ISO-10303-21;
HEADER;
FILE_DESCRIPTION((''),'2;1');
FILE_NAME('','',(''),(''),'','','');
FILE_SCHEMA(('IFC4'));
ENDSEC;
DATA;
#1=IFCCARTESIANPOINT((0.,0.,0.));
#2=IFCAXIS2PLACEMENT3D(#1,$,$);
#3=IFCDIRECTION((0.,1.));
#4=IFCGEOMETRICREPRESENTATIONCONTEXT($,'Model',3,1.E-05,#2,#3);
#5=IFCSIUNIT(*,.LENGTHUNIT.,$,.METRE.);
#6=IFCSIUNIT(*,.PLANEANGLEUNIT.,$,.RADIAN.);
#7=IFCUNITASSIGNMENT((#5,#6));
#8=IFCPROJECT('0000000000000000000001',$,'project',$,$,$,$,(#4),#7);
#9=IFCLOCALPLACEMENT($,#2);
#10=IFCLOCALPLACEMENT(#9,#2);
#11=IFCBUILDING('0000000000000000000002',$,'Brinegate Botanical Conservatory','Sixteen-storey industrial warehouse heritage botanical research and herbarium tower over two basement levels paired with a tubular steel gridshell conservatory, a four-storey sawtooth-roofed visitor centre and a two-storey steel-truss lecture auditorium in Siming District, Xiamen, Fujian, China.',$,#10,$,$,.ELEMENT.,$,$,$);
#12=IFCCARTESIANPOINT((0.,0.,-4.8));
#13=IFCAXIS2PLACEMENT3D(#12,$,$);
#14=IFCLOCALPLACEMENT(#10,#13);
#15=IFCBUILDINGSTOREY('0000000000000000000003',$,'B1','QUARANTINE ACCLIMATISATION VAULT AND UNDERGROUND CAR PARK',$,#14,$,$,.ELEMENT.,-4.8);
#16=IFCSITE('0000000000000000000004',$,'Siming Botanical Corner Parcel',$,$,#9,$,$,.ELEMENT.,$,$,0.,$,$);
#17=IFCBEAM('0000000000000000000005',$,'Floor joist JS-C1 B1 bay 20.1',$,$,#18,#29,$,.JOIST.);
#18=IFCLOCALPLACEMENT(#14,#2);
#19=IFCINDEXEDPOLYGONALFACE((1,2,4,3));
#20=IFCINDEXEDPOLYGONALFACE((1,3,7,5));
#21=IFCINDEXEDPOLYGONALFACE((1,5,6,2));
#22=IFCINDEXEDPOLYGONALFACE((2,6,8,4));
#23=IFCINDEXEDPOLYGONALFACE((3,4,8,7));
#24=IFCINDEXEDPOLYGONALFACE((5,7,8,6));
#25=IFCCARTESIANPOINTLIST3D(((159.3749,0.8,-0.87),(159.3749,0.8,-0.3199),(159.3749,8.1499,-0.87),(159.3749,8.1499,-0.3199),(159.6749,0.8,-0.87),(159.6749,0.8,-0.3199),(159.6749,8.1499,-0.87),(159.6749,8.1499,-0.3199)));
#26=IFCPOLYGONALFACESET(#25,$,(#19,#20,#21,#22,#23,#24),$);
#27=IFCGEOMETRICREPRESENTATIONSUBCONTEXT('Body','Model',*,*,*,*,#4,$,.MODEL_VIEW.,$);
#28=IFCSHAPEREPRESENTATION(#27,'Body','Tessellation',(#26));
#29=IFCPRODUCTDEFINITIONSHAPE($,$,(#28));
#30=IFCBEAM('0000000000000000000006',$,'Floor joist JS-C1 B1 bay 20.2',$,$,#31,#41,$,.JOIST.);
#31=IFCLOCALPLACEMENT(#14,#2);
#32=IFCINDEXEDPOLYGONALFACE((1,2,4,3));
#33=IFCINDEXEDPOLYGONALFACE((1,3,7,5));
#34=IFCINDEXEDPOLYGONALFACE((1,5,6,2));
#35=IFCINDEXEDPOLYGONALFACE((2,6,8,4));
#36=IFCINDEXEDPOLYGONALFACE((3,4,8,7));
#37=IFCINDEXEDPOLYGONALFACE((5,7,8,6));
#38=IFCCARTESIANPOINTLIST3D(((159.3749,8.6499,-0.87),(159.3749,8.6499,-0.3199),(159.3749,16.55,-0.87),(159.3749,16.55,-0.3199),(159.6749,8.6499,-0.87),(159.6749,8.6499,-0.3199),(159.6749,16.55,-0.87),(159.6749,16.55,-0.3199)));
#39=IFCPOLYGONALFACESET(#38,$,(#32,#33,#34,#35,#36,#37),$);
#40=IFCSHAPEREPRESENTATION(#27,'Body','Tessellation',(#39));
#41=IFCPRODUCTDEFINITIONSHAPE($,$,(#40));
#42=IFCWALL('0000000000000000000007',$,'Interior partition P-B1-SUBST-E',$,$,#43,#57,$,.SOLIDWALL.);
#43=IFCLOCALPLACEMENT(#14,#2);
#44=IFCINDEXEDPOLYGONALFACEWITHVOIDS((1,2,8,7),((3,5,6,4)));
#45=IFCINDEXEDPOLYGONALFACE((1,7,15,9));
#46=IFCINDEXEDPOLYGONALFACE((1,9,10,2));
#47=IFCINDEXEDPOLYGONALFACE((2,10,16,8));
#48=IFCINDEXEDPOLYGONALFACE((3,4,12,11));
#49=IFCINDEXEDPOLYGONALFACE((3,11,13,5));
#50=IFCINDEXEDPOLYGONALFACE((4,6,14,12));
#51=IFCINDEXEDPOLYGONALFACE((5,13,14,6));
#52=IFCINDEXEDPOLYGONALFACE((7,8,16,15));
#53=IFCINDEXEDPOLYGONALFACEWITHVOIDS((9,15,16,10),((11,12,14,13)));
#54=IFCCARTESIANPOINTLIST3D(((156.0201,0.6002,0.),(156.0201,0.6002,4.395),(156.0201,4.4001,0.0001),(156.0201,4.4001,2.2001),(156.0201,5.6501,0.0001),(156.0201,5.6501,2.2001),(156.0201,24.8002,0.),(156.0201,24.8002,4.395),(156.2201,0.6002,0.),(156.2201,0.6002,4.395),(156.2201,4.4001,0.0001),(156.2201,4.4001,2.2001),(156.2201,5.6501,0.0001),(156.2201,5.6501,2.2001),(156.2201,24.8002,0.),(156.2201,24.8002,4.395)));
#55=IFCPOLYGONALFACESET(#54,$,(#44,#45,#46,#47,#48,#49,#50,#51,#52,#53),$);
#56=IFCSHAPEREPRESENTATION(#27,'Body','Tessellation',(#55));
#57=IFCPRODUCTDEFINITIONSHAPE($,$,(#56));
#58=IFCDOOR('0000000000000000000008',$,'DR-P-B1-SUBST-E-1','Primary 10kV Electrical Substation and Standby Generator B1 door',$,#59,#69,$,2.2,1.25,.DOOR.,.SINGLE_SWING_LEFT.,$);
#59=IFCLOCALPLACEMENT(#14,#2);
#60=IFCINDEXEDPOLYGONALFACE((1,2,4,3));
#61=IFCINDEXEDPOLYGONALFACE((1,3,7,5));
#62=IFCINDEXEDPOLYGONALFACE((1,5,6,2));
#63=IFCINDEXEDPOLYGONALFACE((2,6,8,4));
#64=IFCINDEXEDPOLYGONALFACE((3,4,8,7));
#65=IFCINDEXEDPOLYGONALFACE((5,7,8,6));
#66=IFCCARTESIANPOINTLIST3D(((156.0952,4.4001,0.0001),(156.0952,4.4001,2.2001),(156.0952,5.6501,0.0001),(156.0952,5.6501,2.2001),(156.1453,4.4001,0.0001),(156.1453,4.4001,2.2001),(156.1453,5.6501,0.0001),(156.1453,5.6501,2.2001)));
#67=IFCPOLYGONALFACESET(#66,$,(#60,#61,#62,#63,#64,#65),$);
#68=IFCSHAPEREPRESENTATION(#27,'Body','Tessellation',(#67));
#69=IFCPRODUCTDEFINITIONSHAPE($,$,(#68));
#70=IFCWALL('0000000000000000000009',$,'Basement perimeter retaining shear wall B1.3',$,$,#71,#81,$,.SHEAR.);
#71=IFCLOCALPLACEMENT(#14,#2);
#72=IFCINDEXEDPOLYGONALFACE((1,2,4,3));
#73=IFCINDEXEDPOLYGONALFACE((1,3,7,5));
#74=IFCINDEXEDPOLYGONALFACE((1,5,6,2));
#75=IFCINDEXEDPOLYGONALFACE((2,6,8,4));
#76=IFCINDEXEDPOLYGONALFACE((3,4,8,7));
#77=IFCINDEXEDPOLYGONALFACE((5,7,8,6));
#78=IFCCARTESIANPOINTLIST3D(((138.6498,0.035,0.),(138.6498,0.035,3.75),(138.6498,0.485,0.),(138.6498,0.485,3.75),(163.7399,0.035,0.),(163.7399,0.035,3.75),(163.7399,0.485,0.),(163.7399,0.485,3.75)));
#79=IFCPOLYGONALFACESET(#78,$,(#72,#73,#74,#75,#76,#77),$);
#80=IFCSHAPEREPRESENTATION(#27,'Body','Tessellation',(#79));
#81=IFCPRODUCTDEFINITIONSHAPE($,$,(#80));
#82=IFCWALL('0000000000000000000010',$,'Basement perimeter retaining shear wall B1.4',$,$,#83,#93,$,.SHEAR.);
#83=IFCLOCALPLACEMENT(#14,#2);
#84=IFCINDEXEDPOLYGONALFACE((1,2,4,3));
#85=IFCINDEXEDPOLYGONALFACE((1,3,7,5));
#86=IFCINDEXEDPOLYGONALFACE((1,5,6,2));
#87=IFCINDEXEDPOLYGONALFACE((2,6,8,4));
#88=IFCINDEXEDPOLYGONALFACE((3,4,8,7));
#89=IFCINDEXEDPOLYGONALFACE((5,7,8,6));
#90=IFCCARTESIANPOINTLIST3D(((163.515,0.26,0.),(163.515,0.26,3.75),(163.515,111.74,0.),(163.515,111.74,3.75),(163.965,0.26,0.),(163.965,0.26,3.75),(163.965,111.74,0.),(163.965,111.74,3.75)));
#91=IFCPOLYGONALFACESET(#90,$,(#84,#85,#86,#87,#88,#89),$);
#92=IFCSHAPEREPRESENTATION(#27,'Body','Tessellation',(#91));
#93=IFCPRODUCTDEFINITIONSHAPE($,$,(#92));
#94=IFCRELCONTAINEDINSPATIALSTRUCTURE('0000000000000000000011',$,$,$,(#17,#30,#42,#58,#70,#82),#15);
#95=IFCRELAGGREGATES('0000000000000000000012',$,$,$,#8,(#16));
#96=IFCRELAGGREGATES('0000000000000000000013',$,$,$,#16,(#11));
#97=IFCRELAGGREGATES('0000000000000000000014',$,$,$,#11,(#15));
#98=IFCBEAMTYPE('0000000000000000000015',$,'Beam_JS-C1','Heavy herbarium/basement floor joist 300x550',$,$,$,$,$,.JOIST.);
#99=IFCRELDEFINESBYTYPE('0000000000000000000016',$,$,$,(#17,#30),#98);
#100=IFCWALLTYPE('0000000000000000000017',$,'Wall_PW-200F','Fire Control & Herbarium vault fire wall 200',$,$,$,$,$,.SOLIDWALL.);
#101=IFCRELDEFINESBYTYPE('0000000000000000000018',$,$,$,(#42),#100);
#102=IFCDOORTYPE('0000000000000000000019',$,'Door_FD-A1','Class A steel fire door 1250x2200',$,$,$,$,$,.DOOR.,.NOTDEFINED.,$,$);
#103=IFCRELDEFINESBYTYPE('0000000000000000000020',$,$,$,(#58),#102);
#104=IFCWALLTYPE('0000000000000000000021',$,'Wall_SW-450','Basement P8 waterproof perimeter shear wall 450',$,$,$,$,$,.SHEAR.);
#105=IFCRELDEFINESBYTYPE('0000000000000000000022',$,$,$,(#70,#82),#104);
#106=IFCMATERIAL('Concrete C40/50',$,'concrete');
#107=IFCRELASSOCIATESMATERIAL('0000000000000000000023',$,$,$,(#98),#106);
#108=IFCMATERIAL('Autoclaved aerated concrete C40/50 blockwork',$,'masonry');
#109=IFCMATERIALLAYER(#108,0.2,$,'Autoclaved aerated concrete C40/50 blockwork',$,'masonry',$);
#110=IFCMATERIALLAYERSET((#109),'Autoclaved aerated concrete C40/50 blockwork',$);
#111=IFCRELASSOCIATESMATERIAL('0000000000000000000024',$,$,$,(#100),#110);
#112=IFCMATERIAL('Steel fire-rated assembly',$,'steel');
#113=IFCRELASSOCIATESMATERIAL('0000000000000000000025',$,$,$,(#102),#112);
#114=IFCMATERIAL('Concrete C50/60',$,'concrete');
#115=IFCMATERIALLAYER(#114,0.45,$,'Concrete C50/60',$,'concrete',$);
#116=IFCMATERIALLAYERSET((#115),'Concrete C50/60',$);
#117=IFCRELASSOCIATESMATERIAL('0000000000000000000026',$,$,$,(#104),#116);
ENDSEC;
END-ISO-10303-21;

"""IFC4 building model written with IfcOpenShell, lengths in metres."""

from ifc_helpers import new_model, si_unit, direction, frame, frame_2d, origin, origin_2d, place, context, subcontext, project, spatial, rectangle, extrude, material, layer, layer_set, material_profile, profile_set, type_object, element, fill, save


model = new_model("IFC4")

# Units and contexts
model_context = context("Model", 3, precision=1e-05, world=origin(), true_north=direction((0.0, 1.0)))
body_context = subcontext(model_context, "Body", "Model", "MODEL_VIEW")
ifc_project = project(units=[si_unit("LENGTHUNIT", "METRE"), si_unit("PLANEANGLEUNIT", "RADIAN")], contexts=[model_context])

# Site, building, storey
site_placement = place(None, origin())
site = spatial("IfcSite", under=ifc_project, at=site_placement, Name="Siming Botanical Corner Parcel", CompositionType="ELEMENT", RefElevation=0.0)
building_placement = place(site_placement, origin())
building = spatial("IfcBuilding", under=site, at=building_placement, Name="Brinegate Botanical Conservatory", Description="Sixteen-storey industrial warehouse heritage botanical research and herbarium tower over two basement levels paired with a tubular steel gridshell conservatory, a four-storey sawtooth-roofed visitor centre and a two-storey steel-truss lecture auditorium in Siming District, Xiamen, Fujian, China.", CompositionType="ELEMENT")
storey_placement = place(building_placement, frame((0.0, 0.0, -4.8)))
storey = spatial("IfcBuildingStorey", under=building, at=storey_placement, Name="B1", Description="QUARANTINE ACCLIMATISATION VAULT AND UNDERGROUND CAR PARK", CompositionType="ELEMENT", Elevation=-4.8)

# Shared definitions
ifc_material_1 = material(Name="Concrete C40/50", Category="concrete")

# Beams
ifc_material_profile_1 = material_profile(ifc_material_1, rectangle(XDim=0.3, YDim=0.55, at=origin_2d()), Name="RC JST 300x550")
ifc_profile_set_1 = profile_set([ifc_material_profile_1], Name="Concrete C40/50")
beam_type_1 = type_object("IfcBeamType", Name="Beam_JS-C1", Description="Heavy herbarium/basement floor joist 300x550", PredefinedType="JOIST", material=ifc_profile_set_1)
beam_1_placement = place(storey_placement, frame((159.5249, 0.8, -0.595), z_axis=(0.0, 1.0, 0.0), x_axis=(-1.0, 0.0, 0.0)))
element("IfcBeam", 1, at=beam_1_placement, inside=storey, type_object=beam_type_1, Name="Floor joist JS-C1 B1 bay 20.1", PredefinedType="JOIST", context=body_context, shape_type="SweptSolid", body=[
    extrude(rectangle(XDim=0.3, YDim=0.55, at=origin_2d()), origin(), (0.0, 0.0, 1.0), 7.3499),
])
beam_2_placement = place(storey_placement, frame((159.5249, 8.6499, -0.595), z_axis=(0.0, 1.0, 0.0), x_axis=(-1.0, 0.0, 0.0)))
element("IfcBeam", 2, at=beam_2_placement, inside=storey, type_object=beam_type_1, Name="Floor joist JS-C1 B1 bay 20.2", PredefinedType="JOIST", context=body_context, shape_type="SweptSolid", body=[
    extrude(rectangle(XDim=0.3, YDim=0.55, at=origin_2d()), origin(), (0.0, 0.0, 1.0), 7.9001),
])

# Wall, opening, door
ifc_material_2 = material(Name="Autoclaved aerated concrete C40/50 blockwork", Category="masonry")
ifc_layer_1 = layer(ifc_material_2, 0.2, Name="Autoclaved aerated concrete C40/50 blockwork", Category="masonry")
ifc_layer_set_1 = layer_set([ifc_layer_1], Name="Autoclaved aerated concrete C40/50 blockwork")
wall_type_1 = type_object("IfcWallType", Name="Wall_PW-200F", Description="Fire Control & Herbarium vault fire wall 200", PredefinedType="SOLIDWALL", material=ifc_layer_set_1)
wall_1_placement = place(storey_placement, frame((156.1201, 0.6001, 0.0), z_axis=(0.0, 0.0, 1.0), x_axis=(0.0, 1.0, 0.0)))
wall_1 = element("IfcWall", 3, at=wall_1_placement, inside=storey, type_object=wall_type_1, Name="Interior partition P-B1-SUBST-E", PredefinedType="SOLIDWALL", context=body_context, shape_type="SweptSolid", body=[
    extrude(rectangle(XDim=24.2, YDim=0.2, at=frame_2d((12.1001, 0.0))), origin(), (0.0, 0.0, 1.0), 4.395),
])
opening_placement = place(wall_1_placement, frame((3.8, 0.0, 0.0)))
opening = element("IfcOpeningElement", 4, at=opening_placement, cuts=wall_1, PredefinedType="OPENING", context=body_context, shape_type="SweptSolid", body=[
    extrude(rectangle(XDim=1.25, YDim=2.2, at=frame_2d((0.625, 1.1001))), frame((0.0, 0.1099, 0.0), z_axis=(0.0, -1.0, 0.0), x_axis=(1.0, 0.0, 0.0)), (0.0, 0.0, 1.0), 0.22),
])
ifc_material_3 = material(Name="Steel fire-rated assembly", Category="steel")
door_type = type_object("IfcDoorType", Name="Door_FD-A1", Description="Class A steel fire door 1250x2200", OperationType="NOTDEFINED", PredefinedType="DOOR", material=ifc_material_3)
door_placement = place(opening_placement, origin())
door = element("IfcDoor", 5, at=door_placement, inside=storey, type_object=door_type, Name="DR-P-B1-SUBST-E-1", Description="Primary 10kV Electrical Substation and Standby Generator B1 door", OperationType="SINGLE_SWING_LEFT", OverallHeight=2.2, OverallWidth=1.25, PredefinedType="DOOR", context=body_context, shape_type="SweptSolid", body=[
    extrude(rectangle(XDim=1.25, YDim=2.2, at=frame_2d((0.625, 1.1001))), frame((0.0, 0.0249, 0.0), z_axis=(0.0, -1.0, 0.0), x_axis=(1.0, 0.0, 0.0)), (0.0, 0.0, 1.0), 0.05),
])
fill(opening, door)

# Walls
ifc_material_4 = material(Name="Concrete C50/60", Category="concrete")
ifc_layer_2 = layer(ifc_material_4, 0.45, Name="Concrete C50/60", Category="concrete")
ifc_layer_set_2 = layer_set([ifc_layer_2], Name="Concrete C50/60")
wall_type_2 = type_object("IfcWallType", Name="Wall_SW-450", Description="Basement P8 waterproof perimeter shear wall 450", PredefinedType="SHEAR", material=ifc_layer_set_2)
wall_2_placement = place(storey_placement, frame((138.6499, 0.26, 0.0), z_axis=(0.0, 0.0, 1.0), x_axis=(1.0, 0.0, 0.0)))
element("IfcWall", 6, at=wall_2_placement, inside=storey, type_object=wall_type_2, Name="Basement perimeter retaining shear wall B1.3", PredefinedType="SHEAR", context=body_context, shape_type="SweptSolid", body=[
    extrude(rectangle(XDim=25.0901, YDim=0.45, at=frame_2d((12.5449, 0.0))), origin(), (0.0, 0.0, 1.0), 3.75),
])
wall_3_placement = place(storey_placement, frame((163.74, 0.26, 0.0), z_axis=(0.0, 0.0, 1.0), x_axis=(0.0, 1.0, 0.0)))
element("IfcWall", 7, at=wall_3_placement, inside=storey, type_object=wall_type_2, Name="Basement perimeter retaining shear wall B1.4", PredefinedType="SHEAR", context=body_context, shape_type="SweptSolid", body=[
    extrude(rectangle(XDim=111.48, YDim=0.45, at=frame_2d((55.74, 0.0))), origin(), (0.0, 0.0, 1.0), 3.75),
])

save(model, "model.ifc")
